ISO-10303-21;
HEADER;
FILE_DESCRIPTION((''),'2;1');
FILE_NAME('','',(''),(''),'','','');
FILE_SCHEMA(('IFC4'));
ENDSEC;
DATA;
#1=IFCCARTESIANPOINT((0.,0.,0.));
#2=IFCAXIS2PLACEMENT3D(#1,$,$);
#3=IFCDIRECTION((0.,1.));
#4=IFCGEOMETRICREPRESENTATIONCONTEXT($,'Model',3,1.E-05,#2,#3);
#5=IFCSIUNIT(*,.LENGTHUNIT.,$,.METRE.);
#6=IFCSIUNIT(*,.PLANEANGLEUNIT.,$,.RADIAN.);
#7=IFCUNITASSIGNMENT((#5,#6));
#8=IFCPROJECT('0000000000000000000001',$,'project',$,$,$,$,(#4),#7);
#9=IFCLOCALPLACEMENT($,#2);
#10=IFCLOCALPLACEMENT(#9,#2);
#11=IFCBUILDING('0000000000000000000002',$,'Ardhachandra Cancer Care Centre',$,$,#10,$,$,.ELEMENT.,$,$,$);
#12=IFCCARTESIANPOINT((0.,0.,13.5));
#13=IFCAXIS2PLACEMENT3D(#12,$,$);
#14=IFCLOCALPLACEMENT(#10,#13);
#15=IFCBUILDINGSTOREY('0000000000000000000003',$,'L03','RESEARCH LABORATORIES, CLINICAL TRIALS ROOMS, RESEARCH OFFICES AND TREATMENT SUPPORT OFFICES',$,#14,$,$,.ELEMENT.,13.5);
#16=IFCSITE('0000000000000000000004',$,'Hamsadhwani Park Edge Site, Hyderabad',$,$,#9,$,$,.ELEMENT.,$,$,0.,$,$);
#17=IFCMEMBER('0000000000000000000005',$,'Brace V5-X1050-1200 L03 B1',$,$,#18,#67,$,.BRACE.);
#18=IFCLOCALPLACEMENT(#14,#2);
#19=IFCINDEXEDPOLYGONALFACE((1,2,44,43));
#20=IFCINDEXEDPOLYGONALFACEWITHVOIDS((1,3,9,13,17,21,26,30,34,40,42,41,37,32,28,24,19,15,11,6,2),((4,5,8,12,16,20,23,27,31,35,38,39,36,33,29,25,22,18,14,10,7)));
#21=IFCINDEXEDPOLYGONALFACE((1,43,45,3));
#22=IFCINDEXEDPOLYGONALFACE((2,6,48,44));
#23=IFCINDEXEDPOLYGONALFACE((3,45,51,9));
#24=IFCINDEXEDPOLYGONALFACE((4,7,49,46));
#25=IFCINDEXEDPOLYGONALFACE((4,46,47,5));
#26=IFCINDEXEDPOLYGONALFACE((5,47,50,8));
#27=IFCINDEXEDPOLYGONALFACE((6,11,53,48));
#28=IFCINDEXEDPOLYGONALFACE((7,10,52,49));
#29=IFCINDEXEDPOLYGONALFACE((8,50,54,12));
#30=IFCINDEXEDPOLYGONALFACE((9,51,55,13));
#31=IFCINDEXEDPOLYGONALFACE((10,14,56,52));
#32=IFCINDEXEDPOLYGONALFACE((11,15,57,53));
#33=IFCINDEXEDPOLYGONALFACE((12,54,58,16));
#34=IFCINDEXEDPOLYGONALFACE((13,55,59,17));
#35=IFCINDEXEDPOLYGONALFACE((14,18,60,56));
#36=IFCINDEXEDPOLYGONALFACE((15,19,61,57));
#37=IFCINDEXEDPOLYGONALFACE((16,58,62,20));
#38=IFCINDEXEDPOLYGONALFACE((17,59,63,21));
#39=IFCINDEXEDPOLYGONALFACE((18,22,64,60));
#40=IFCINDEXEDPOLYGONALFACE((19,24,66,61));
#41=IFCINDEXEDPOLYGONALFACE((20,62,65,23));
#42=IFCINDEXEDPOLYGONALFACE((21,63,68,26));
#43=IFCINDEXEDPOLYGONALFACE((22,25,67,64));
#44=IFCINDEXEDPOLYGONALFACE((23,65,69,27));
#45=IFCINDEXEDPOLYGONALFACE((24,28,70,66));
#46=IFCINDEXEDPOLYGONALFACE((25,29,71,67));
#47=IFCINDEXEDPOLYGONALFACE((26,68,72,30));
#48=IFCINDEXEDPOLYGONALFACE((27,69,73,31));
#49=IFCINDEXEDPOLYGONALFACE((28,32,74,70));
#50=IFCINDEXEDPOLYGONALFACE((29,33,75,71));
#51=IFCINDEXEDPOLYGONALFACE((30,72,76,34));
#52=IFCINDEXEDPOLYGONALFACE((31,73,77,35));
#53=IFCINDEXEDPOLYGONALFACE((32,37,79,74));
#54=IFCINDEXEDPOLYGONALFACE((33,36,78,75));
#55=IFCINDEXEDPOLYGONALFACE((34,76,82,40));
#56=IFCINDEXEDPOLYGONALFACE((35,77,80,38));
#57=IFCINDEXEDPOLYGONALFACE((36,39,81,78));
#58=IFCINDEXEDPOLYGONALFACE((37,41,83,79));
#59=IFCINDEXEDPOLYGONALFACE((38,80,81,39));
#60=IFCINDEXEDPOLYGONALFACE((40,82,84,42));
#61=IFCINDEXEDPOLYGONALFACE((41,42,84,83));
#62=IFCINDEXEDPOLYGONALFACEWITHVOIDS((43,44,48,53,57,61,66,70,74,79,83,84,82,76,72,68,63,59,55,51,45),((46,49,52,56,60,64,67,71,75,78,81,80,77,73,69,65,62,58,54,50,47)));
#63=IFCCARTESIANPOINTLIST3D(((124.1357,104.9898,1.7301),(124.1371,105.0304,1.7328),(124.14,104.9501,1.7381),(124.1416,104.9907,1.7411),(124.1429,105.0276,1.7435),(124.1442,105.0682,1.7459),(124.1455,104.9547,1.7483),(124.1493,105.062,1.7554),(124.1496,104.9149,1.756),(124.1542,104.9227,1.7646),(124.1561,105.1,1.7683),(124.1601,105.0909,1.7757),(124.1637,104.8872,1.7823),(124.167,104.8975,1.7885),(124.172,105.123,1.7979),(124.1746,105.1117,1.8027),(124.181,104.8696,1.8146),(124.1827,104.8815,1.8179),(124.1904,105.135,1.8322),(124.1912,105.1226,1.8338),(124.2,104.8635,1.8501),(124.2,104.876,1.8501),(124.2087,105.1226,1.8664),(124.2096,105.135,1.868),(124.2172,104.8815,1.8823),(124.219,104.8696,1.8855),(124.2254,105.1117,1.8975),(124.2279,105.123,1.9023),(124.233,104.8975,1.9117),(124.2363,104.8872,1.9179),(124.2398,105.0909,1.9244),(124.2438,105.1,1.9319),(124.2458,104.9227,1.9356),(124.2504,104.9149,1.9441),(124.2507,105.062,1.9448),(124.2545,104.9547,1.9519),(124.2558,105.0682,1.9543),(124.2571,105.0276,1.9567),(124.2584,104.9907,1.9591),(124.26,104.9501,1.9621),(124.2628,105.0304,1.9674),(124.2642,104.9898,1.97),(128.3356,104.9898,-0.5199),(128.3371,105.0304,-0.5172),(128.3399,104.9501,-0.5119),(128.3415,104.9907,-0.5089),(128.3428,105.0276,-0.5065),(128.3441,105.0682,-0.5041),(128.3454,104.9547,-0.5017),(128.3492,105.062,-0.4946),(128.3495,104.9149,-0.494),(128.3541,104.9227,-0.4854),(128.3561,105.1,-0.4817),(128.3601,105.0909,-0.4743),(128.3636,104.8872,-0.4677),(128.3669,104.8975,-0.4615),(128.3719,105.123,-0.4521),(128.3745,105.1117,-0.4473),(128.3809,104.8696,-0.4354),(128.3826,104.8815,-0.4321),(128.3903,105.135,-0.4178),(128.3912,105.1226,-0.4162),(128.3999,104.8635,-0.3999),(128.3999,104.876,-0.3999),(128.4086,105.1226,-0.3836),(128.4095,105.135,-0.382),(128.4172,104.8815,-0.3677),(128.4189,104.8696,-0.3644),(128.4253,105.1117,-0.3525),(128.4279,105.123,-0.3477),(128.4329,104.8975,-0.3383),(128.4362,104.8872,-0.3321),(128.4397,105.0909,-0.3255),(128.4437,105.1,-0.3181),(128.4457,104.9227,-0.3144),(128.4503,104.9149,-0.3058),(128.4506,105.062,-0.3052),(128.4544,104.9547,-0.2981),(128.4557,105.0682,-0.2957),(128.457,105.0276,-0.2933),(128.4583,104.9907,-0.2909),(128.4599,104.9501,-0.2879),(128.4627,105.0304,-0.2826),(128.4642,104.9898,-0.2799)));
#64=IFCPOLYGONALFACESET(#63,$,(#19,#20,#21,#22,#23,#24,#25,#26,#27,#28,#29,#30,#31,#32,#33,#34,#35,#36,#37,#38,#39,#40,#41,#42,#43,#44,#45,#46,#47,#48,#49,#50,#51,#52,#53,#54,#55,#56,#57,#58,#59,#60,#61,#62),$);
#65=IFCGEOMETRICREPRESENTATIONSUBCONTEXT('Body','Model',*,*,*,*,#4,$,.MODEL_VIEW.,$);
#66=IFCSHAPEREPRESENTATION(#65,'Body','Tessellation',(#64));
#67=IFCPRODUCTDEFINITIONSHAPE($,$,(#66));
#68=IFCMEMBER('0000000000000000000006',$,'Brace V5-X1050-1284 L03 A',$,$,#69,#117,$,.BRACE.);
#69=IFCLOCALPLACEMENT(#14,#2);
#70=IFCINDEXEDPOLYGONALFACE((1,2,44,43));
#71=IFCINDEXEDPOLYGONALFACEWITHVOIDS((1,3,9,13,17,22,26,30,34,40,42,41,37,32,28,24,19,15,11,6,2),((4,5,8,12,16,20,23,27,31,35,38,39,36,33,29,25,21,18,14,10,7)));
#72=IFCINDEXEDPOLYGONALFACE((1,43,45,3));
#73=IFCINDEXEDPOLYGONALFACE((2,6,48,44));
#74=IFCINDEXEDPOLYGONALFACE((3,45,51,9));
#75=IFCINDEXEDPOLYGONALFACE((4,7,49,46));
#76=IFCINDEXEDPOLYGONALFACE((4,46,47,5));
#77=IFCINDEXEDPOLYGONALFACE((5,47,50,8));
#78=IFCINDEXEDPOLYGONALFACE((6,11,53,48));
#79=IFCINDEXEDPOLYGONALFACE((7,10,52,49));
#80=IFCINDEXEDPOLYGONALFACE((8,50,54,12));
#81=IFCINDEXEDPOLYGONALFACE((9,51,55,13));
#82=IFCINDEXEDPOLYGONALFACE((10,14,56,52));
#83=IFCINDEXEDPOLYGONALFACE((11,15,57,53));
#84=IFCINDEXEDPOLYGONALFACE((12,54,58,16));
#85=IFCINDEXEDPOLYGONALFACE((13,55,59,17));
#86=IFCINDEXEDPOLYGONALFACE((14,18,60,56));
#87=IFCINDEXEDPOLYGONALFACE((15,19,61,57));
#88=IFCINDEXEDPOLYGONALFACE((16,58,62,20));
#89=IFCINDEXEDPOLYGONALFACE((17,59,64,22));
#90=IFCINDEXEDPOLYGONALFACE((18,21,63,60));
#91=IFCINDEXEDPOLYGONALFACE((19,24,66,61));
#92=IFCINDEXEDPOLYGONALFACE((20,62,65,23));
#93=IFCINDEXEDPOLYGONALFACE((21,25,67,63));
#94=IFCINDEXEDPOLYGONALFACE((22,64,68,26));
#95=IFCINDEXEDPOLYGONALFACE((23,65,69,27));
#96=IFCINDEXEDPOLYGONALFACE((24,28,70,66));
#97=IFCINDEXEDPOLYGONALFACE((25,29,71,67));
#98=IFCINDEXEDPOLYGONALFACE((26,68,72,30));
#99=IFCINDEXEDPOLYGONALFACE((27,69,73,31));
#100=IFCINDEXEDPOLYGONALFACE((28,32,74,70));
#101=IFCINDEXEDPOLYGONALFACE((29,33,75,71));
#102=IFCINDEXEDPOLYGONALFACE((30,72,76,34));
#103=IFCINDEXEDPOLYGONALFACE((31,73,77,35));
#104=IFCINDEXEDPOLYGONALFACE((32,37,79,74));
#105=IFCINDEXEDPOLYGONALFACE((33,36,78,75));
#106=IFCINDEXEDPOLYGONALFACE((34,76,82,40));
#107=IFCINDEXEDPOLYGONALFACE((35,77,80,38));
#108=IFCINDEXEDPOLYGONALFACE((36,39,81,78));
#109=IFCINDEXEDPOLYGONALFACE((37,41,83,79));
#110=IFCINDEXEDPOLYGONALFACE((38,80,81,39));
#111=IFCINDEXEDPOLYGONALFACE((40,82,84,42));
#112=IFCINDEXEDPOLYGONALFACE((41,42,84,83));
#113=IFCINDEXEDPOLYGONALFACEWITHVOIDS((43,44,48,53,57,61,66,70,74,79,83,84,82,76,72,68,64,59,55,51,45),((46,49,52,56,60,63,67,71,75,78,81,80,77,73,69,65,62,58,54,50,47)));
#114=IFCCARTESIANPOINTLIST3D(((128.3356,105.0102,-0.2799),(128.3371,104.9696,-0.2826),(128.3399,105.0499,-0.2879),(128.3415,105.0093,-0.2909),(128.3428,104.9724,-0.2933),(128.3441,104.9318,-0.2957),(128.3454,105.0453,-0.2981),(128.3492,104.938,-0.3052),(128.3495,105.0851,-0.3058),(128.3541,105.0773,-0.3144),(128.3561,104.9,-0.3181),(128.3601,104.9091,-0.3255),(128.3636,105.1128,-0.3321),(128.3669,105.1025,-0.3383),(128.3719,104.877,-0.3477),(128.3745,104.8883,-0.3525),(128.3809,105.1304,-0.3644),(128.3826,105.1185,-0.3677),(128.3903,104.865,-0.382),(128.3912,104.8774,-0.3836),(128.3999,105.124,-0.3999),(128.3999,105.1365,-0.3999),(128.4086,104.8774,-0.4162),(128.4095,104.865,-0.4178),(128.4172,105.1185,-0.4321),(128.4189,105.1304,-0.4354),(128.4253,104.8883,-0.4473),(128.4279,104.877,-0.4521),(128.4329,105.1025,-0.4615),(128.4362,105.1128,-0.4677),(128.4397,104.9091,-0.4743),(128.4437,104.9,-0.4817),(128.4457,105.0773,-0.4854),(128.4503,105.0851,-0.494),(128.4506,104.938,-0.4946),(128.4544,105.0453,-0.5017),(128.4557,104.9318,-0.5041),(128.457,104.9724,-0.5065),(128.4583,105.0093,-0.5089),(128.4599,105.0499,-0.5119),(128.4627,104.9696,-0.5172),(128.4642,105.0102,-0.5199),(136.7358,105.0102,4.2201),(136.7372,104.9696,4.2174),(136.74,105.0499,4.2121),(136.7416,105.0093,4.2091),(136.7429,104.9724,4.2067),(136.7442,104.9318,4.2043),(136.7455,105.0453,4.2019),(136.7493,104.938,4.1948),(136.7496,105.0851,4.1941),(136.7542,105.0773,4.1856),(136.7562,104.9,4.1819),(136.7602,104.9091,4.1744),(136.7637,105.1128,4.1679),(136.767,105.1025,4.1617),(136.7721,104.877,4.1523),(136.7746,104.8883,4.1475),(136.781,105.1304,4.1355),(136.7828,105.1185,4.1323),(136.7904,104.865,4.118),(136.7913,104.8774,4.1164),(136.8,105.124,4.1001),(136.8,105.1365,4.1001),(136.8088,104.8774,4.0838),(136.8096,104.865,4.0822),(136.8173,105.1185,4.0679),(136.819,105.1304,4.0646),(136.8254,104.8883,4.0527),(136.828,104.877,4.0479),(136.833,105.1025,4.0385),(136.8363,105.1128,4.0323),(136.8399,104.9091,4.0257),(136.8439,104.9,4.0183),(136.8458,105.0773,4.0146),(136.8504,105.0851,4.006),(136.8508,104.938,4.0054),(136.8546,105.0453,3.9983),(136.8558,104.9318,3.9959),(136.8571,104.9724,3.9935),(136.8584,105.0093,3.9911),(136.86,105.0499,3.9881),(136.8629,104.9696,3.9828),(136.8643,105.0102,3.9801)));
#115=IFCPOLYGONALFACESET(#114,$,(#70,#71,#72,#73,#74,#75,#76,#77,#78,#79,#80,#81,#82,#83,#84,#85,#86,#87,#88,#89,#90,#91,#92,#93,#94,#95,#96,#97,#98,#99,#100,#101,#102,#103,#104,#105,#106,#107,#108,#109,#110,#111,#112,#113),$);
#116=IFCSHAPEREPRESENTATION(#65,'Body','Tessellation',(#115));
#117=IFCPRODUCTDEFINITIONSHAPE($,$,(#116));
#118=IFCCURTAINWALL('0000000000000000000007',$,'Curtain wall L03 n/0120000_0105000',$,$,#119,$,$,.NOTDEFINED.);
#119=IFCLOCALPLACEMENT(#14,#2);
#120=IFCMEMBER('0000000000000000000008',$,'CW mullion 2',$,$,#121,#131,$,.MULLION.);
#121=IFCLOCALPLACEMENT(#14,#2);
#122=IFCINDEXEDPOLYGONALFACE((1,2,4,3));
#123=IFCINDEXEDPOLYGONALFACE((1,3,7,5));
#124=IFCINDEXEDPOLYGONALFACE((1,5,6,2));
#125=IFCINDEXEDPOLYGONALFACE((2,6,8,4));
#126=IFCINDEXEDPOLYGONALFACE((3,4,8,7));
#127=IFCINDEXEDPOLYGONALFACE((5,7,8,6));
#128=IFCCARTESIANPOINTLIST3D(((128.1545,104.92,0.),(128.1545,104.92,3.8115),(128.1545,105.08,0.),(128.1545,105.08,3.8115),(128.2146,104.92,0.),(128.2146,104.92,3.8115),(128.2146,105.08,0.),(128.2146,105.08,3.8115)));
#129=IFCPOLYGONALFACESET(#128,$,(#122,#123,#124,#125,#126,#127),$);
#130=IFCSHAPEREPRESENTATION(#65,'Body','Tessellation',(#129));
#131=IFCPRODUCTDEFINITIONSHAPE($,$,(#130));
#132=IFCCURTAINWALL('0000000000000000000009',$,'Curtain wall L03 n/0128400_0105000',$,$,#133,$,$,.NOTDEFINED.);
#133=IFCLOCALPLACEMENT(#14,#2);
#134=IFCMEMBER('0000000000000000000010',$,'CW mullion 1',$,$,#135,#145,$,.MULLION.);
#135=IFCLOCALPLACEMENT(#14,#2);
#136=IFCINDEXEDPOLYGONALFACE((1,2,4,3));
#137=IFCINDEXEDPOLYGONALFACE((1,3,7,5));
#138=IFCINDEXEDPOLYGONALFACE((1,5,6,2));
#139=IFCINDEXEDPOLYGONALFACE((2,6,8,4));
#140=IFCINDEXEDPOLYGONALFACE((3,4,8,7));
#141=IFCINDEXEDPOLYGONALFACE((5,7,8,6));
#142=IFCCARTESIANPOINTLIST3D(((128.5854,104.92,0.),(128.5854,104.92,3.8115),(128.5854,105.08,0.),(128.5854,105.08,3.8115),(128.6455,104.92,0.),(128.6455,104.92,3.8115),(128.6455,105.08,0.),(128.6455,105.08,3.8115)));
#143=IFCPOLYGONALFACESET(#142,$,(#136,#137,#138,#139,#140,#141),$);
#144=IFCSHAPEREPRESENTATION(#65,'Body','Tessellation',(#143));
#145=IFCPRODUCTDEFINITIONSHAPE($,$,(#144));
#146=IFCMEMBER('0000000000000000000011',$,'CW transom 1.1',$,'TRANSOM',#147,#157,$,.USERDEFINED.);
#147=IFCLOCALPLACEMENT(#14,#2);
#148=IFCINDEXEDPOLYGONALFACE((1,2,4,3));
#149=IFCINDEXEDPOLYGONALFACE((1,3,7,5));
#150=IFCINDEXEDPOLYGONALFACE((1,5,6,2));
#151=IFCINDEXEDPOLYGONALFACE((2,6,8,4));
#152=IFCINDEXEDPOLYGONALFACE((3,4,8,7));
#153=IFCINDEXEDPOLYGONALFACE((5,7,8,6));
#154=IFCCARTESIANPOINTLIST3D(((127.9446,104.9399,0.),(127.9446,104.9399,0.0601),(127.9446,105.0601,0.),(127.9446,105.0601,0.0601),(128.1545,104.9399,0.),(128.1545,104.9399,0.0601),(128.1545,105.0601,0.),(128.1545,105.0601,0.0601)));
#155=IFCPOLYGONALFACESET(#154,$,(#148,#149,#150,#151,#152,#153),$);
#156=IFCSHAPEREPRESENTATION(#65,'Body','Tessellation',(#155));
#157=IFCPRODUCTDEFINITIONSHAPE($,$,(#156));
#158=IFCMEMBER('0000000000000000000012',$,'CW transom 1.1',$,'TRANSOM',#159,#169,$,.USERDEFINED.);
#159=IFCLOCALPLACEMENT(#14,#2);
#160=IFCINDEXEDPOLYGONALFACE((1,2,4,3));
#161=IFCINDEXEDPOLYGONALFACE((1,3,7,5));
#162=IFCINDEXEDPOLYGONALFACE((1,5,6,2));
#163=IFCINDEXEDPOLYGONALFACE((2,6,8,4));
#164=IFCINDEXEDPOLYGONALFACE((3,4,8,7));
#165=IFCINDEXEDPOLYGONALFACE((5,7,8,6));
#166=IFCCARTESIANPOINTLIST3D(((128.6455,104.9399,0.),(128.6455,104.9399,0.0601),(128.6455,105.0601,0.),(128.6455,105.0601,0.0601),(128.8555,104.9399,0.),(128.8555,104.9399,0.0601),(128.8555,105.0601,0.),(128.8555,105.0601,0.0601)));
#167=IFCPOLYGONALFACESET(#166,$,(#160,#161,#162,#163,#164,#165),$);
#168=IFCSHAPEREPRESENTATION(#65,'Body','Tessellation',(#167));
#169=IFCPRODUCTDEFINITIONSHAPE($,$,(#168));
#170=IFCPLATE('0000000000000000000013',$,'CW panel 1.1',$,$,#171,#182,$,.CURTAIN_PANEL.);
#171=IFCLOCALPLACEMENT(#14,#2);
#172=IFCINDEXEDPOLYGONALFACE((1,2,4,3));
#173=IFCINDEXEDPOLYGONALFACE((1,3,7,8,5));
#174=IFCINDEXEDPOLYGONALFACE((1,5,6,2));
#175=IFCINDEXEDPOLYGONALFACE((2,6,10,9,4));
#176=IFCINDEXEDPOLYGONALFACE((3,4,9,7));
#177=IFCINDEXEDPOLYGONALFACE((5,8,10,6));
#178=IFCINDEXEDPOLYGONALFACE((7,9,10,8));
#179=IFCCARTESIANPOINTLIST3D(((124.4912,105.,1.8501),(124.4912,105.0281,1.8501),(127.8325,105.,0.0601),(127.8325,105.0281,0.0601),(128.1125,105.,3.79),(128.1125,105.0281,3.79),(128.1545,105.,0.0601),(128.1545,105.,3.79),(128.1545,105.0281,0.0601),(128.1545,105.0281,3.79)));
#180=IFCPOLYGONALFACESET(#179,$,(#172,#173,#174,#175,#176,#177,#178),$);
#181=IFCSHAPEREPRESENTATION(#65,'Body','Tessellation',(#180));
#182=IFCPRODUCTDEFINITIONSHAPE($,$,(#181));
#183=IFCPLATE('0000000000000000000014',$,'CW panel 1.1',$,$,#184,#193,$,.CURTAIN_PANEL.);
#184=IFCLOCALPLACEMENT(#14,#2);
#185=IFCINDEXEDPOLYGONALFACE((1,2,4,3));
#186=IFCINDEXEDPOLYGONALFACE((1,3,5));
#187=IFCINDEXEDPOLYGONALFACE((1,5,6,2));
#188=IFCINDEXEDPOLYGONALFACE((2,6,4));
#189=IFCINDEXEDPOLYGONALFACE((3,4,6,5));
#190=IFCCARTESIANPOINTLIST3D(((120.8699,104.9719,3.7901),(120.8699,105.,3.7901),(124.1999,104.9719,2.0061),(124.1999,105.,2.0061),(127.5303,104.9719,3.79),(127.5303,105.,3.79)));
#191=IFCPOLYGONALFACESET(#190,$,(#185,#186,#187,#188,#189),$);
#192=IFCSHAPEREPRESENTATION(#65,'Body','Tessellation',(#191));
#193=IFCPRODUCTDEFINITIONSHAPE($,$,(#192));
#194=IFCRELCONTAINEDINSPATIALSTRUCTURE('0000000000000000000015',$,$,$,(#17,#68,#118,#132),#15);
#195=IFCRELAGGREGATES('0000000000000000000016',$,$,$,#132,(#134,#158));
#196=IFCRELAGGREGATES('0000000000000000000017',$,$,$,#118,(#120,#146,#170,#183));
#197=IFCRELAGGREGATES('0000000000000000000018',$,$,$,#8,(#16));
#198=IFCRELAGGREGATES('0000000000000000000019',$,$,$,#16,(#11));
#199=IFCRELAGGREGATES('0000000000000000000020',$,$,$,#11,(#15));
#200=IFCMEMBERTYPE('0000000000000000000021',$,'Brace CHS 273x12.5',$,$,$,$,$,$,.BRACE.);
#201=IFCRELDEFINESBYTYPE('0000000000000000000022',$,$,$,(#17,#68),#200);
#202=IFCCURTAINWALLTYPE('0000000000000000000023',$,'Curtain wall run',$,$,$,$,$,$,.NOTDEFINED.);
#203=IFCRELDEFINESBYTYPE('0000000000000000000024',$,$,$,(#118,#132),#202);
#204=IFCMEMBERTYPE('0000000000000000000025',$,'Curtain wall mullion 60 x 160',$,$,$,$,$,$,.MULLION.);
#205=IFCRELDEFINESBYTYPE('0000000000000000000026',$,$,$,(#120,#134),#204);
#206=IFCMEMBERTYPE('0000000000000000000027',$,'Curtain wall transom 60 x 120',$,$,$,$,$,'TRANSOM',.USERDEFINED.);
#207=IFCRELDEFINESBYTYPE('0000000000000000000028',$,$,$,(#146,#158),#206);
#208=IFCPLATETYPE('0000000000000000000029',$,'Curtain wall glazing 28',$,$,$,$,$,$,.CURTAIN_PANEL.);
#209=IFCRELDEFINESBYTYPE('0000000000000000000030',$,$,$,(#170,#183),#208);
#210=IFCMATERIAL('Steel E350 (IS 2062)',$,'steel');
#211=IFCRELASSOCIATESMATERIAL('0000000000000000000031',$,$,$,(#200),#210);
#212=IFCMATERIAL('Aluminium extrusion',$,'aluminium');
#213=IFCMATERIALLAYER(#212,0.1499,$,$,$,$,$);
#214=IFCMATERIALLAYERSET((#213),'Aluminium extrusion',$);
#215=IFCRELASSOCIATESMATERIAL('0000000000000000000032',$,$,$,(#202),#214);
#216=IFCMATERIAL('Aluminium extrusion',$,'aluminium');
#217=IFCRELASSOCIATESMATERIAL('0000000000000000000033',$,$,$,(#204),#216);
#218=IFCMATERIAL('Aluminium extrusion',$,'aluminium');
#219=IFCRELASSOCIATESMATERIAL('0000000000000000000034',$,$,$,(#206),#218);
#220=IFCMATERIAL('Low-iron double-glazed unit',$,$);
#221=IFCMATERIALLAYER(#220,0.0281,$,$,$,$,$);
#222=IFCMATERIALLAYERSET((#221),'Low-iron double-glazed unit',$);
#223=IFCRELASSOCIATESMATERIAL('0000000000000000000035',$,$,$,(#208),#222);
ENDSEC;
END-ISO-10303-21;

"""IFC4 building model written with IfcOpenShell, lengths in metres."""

from ifc_helpers import new_model, si_unit, direction, frame, origin, origin_2d, place, context, subcontext, project, spatial, polyline, rectangle, hollow_circle, outline, extrude, material, layer, layer_set, material_profile, profile_set, type_object, element, aggregate, save


model = new_model("IFC4")

# Units and contexts
model_context = context("Model", 3, precision=1e-05, world=origin(), true_north=direction((0.0, 1.0)))
body_context = subcontext(model_context, "Body", "Model", "MODEL_VIEW")
ifc_project = project(units=[si_unit("LENGTHUNIT", "METRE"), si_unit("PLANEANGLEUNIT", "RADIAN")], contexts=[model_context])

# Site, building, storey
site_placement = place(None, origin())
site = spatial("IfcSite", under=ifc_project, at=site_placement, Name="Hamsadhwani Park Edge Site, Hyderabad", CompositionType="ELEMENT", RefElevation=0.0)
building_placement = place(site_placement, origin())
building = spatial("IfcBuilding", under=site, at=building_placement, Name="Ardhachandra Cancer Care Centre", CompositionType="ELEMENT")
storey_placement = place(building_placement, frame((0.0, 0.0, 13.5)))
storey = spatial("IfcBuildingStorey", under=building, at=storey_placement, Name="L03", Description="RESEARCH LABORATORIES, CLINICAL TRIALS ROOMS, RESEARCH OFFICES AND TREATMENT SUPPORT OFFICES", CompositionType="ELEMENT", Elevation=13.5)

# Members
ifc_material_1 = material(Name="Steel E350 (IS 2062)", Category="steel")
ifc_material_profile_1 = material_profile(ifc_material_1, hollow_circle(Radius=0.1365, WallThickness=0.0125, at=origin_2d()), Name="CHS 273x12.5")
ifc_profile_set_1 = profile_set([ifc_material_profile_1], Name="Steel E350 (IS 2062)")
member_type_1 = type_object("IfcMemberType", Name="Brace CHS 273x12.5", PredefinedType="BRACE", material=ifc_profile_set_1)
member_1_placement = place(storey_placement, frame((128.3999, 105.0, -0.3999), z_axis=(-0.881478, 0.0, 0.472226), x_axis=(0.0, -1.0, 0.0)))
element("IfcMember", 1, at=member_1_placement, inside=storey, type_object=member_type_1, Name="Brace V5-X1050-1200 L03 B1", PredefinedType="BRACE", context=body_context, shape_type="SweptSolid", body=[
    extrude(hollow_circle(Radius=0.1365, WallThickness=0.0125, at=origin_2d()), origin(), (0.0, 0.0, 1.0), 4.7646),
])
member_2_placement = place(storey_placement, frame((128.3999, 105.0, -0.3999), z_axis=(0.881483, 0.0, 0.472215), x_axis=(0.0, 1.0, 0.0)))
element("IfcMember", 2, at=member_2_placement, inside=storey, type_object=member_type_1, Name="Brace V5-X1050-1284 L03 A", PredefinedType="BRACE", context=body_context, shape_type="SweptSolid", body=[
    extrude(hollow_circle(Radius=0.1365, WallThickness=0.0125, at=origin_2d()), origin(), (0.0, 0.0, 1.0), 9.5295),
])

# Curtain walls, members
ifc_material_2 = material(Name="Aluminium extrusion", Category="aluminium")
ifc_layer_1 = layer(ifc_material_2, 0.1499)
ifc_layer_set_1 = layer_set([ifc_layer_1], Name="Aluminium extrusion")
curtain_wall_type = type_object("IfcCurtainWallType", Name="Curtain wall run", PredefinedType="NOTDEFINED", material=ifc_layer_set_1)
curtain_wall_1_placement = place(storey_placement, origin())
curtain_wall_1 = element("IfcCurtainWall", 3, at=curtain_wall_1_placement, inside=storey, type_object=curtain_wall_type, Name="Curtain wall L03 n/0120000_0105000", PredefinedType="NOTDEFINED")
ifc_material_3 = material(Name="Aluminium extrusion", Category="aluminium")
ifc_material_profile_2 = material_profile(ifc_material_3, rectangle(XDim=0.1599, YDim=0.0601, at=origin_2d()), Name="Curtain wall mullion 60 x 160")
ifc_profile_set_2 = profile_set([ifc_material_profile_2], Name="Aluminium extrusion")
member_type_2 = type_object("IfcMemberType", Name="Curtain wall mullion 60 x 160", PredefinedType="MULLION", material=ifc_profile_set_2)
member_3_placement = place(storey_placement, frame((128.1846, 105.0, 0.0), z_axis=(0.0, 0.0, 1.0), x_axis=(0.0, 1.0, 0.0)))
member_3 = element("IfcMember", 4, at=member_3_placement, type_object=member_type_2, Name="CW mullion 2", PredefinedType="MULLION", context=body_context, shape_type="SweptSolid", body=[
    extrude(rectangle(XDim=0.1599, YDim=0.0601, at=origin_2d()), origin(), (0.0, 0.0, 1.0), 3.8115),
])
curtain_wall_2_placement = place(storey_placement, origin())
curtain_wall_2 = element("IfcCurtainWall", 5, at=curtain_wall_2_placement, inside=storey, type_object=curtain_wall_type, Name="Curtain wall L03 n/0128400_0105000", PredefinedType="NOTDEFINED")
member_4_placement = place(storey_placement, frame((128.6155, 105.0, 0.0), z_axis=(0.0, 0.0, 1.0), x_axis=(0.0, 1.0, 0.0)))
member_4 = element("IfcMember", 6, at=member_4_placement, type_object=member_type_2, Name="CW mullion 1", PredefinedType="MULLION", context=body_context, shape_type="SweptSolid", body=[
    extrude(rectangle(XDim=0.1599, YDim=0.0601, at=origin_2d()), origin(), (0.0, 0.0, 1.0), 3.8115),
])

# Members
ifc_material_4 = material(Name="Aluminium extrusion", Category="aluminium")
ifc_material_profile_3 = material_profile(ifc_material_4, rectangle(XDim=0.1201, YDim=0.0601, at=origin_2d()), Name="Curtain wall transom 60 x 120")
ifc_profile_set_3 = profile_set([ifc_material_profile_3], Name="Aluminium extrusion")
member_type_3 = type_object("IfcMemberType", Name="Curtain wall transom 60 x 120", ElementType="TRANSOM", PredefinedType="USERDEFINED", material=ifc_profile_set_3)
member_5_placement = place(storey_placement, frame((127.9446, 105.0, 0.03), z_axis=(1.0, 0.0, 0.0), x_axis=(0.0, 1.0, 0.0)))
member_5 = element("IfcMember", 7, at=member_5_placement, type_object=member_type_3, Name="CW transom 1.1", ObjectType="TRANSOM", PredefinedType="USERDEFINED", context=body_context, shape_type="SweptSolid", body=[
    extrude(rectangle(XDim=0.1201, YDim=0.0601, at=origin_2d()), origin(), (0.0, 0.0, 1.0), 0.21),
])
member_6_placement = place(storey_placement, frame((128.6455, 105.0, 0.03), z_axis=(1.0, 0.0, 0.0), x_axis=(0.0, 1.0, 0.0)))
member_6 = element("IfcMember", 8, at=member_6_placement, type_object=member_type_3, Name="CW transom 1.1", ObjectType="TRANSOM", PredefinedType="USERDEFINED", context=body_context, shape_type="SweptSolid", body=[
    extrude(rectangle(XDim=0.1201, YDim=0.0601, at=origin_2d()), origin(), (0.0, 0.0, 1.0), 0.21),
])
aggregate(curtain_wall_2, [member_4, member_6])

# Plates
ifc_material_5 = material(Name="Low-iron double-glazed unit")
ifc_layer_2 = layer(ifc_material_5, 0.0281)
ifc_layer_set_2 = layer_set([ifc_layer_2], Name="Low-iron double-glazed unit")
plate_type = type_object("IfcPlateType", Name="Curtain wall glazing 28", PredefinedType="CURTAIN_PANEL", material=ifc_layer_set_2)
plate_1_placement = place(storey_placement, frame((128.1545, 105.0, 3.79), z_axis=(0.0, 1.0, 0.0), x_axis=(0.0, 0.0, -1.0)))
plate_1 = element("IfcPlate", 9, at=plate_1_placement, type_object=plate_type, Name="CW panel 1.1", PredefinedType="CURTAIN_PANEL", context=body_context, shape_type="SweptSolid", body=[
    extrude(outline(polyline([(0.0, 0.0), (3.73, 0.0), (3.73, 0.322), (1.9399, 3.6633), (0.0, 0.042), (0.0, 0.0)])), origin(), (0.0, 0.0, 1.0), 0.0281),
])
plate_2_placement = place(storey_placement, frame((127.5303, 105.0, 3.79), z_axis=(0.0, 1.0, 0.0), x_axis=(-0.881498, 0.0, -0.472187)))
plate_2 = element("IfcPlate", 10, at=plate_2_placement, type_object=plate_type, Name="CW panel 1.1", PredefinedType="CURTAIN_PANEL", context=body_context, shape_type="SweptSolid", body=[
    extrude(outline(polyline([(0.0, 0.0), (3.7781, 0.0), (5.8711, 3.145), (0.0, 0.0)])), frame((0.0, 0.0, -0.0281)), (0.0, 0.0, 1.0), 0.0281),
])
aggregate(curtain_wall_1, [member_3, member_5, plate_1, plate_2])

save(model, "model.ifc")
